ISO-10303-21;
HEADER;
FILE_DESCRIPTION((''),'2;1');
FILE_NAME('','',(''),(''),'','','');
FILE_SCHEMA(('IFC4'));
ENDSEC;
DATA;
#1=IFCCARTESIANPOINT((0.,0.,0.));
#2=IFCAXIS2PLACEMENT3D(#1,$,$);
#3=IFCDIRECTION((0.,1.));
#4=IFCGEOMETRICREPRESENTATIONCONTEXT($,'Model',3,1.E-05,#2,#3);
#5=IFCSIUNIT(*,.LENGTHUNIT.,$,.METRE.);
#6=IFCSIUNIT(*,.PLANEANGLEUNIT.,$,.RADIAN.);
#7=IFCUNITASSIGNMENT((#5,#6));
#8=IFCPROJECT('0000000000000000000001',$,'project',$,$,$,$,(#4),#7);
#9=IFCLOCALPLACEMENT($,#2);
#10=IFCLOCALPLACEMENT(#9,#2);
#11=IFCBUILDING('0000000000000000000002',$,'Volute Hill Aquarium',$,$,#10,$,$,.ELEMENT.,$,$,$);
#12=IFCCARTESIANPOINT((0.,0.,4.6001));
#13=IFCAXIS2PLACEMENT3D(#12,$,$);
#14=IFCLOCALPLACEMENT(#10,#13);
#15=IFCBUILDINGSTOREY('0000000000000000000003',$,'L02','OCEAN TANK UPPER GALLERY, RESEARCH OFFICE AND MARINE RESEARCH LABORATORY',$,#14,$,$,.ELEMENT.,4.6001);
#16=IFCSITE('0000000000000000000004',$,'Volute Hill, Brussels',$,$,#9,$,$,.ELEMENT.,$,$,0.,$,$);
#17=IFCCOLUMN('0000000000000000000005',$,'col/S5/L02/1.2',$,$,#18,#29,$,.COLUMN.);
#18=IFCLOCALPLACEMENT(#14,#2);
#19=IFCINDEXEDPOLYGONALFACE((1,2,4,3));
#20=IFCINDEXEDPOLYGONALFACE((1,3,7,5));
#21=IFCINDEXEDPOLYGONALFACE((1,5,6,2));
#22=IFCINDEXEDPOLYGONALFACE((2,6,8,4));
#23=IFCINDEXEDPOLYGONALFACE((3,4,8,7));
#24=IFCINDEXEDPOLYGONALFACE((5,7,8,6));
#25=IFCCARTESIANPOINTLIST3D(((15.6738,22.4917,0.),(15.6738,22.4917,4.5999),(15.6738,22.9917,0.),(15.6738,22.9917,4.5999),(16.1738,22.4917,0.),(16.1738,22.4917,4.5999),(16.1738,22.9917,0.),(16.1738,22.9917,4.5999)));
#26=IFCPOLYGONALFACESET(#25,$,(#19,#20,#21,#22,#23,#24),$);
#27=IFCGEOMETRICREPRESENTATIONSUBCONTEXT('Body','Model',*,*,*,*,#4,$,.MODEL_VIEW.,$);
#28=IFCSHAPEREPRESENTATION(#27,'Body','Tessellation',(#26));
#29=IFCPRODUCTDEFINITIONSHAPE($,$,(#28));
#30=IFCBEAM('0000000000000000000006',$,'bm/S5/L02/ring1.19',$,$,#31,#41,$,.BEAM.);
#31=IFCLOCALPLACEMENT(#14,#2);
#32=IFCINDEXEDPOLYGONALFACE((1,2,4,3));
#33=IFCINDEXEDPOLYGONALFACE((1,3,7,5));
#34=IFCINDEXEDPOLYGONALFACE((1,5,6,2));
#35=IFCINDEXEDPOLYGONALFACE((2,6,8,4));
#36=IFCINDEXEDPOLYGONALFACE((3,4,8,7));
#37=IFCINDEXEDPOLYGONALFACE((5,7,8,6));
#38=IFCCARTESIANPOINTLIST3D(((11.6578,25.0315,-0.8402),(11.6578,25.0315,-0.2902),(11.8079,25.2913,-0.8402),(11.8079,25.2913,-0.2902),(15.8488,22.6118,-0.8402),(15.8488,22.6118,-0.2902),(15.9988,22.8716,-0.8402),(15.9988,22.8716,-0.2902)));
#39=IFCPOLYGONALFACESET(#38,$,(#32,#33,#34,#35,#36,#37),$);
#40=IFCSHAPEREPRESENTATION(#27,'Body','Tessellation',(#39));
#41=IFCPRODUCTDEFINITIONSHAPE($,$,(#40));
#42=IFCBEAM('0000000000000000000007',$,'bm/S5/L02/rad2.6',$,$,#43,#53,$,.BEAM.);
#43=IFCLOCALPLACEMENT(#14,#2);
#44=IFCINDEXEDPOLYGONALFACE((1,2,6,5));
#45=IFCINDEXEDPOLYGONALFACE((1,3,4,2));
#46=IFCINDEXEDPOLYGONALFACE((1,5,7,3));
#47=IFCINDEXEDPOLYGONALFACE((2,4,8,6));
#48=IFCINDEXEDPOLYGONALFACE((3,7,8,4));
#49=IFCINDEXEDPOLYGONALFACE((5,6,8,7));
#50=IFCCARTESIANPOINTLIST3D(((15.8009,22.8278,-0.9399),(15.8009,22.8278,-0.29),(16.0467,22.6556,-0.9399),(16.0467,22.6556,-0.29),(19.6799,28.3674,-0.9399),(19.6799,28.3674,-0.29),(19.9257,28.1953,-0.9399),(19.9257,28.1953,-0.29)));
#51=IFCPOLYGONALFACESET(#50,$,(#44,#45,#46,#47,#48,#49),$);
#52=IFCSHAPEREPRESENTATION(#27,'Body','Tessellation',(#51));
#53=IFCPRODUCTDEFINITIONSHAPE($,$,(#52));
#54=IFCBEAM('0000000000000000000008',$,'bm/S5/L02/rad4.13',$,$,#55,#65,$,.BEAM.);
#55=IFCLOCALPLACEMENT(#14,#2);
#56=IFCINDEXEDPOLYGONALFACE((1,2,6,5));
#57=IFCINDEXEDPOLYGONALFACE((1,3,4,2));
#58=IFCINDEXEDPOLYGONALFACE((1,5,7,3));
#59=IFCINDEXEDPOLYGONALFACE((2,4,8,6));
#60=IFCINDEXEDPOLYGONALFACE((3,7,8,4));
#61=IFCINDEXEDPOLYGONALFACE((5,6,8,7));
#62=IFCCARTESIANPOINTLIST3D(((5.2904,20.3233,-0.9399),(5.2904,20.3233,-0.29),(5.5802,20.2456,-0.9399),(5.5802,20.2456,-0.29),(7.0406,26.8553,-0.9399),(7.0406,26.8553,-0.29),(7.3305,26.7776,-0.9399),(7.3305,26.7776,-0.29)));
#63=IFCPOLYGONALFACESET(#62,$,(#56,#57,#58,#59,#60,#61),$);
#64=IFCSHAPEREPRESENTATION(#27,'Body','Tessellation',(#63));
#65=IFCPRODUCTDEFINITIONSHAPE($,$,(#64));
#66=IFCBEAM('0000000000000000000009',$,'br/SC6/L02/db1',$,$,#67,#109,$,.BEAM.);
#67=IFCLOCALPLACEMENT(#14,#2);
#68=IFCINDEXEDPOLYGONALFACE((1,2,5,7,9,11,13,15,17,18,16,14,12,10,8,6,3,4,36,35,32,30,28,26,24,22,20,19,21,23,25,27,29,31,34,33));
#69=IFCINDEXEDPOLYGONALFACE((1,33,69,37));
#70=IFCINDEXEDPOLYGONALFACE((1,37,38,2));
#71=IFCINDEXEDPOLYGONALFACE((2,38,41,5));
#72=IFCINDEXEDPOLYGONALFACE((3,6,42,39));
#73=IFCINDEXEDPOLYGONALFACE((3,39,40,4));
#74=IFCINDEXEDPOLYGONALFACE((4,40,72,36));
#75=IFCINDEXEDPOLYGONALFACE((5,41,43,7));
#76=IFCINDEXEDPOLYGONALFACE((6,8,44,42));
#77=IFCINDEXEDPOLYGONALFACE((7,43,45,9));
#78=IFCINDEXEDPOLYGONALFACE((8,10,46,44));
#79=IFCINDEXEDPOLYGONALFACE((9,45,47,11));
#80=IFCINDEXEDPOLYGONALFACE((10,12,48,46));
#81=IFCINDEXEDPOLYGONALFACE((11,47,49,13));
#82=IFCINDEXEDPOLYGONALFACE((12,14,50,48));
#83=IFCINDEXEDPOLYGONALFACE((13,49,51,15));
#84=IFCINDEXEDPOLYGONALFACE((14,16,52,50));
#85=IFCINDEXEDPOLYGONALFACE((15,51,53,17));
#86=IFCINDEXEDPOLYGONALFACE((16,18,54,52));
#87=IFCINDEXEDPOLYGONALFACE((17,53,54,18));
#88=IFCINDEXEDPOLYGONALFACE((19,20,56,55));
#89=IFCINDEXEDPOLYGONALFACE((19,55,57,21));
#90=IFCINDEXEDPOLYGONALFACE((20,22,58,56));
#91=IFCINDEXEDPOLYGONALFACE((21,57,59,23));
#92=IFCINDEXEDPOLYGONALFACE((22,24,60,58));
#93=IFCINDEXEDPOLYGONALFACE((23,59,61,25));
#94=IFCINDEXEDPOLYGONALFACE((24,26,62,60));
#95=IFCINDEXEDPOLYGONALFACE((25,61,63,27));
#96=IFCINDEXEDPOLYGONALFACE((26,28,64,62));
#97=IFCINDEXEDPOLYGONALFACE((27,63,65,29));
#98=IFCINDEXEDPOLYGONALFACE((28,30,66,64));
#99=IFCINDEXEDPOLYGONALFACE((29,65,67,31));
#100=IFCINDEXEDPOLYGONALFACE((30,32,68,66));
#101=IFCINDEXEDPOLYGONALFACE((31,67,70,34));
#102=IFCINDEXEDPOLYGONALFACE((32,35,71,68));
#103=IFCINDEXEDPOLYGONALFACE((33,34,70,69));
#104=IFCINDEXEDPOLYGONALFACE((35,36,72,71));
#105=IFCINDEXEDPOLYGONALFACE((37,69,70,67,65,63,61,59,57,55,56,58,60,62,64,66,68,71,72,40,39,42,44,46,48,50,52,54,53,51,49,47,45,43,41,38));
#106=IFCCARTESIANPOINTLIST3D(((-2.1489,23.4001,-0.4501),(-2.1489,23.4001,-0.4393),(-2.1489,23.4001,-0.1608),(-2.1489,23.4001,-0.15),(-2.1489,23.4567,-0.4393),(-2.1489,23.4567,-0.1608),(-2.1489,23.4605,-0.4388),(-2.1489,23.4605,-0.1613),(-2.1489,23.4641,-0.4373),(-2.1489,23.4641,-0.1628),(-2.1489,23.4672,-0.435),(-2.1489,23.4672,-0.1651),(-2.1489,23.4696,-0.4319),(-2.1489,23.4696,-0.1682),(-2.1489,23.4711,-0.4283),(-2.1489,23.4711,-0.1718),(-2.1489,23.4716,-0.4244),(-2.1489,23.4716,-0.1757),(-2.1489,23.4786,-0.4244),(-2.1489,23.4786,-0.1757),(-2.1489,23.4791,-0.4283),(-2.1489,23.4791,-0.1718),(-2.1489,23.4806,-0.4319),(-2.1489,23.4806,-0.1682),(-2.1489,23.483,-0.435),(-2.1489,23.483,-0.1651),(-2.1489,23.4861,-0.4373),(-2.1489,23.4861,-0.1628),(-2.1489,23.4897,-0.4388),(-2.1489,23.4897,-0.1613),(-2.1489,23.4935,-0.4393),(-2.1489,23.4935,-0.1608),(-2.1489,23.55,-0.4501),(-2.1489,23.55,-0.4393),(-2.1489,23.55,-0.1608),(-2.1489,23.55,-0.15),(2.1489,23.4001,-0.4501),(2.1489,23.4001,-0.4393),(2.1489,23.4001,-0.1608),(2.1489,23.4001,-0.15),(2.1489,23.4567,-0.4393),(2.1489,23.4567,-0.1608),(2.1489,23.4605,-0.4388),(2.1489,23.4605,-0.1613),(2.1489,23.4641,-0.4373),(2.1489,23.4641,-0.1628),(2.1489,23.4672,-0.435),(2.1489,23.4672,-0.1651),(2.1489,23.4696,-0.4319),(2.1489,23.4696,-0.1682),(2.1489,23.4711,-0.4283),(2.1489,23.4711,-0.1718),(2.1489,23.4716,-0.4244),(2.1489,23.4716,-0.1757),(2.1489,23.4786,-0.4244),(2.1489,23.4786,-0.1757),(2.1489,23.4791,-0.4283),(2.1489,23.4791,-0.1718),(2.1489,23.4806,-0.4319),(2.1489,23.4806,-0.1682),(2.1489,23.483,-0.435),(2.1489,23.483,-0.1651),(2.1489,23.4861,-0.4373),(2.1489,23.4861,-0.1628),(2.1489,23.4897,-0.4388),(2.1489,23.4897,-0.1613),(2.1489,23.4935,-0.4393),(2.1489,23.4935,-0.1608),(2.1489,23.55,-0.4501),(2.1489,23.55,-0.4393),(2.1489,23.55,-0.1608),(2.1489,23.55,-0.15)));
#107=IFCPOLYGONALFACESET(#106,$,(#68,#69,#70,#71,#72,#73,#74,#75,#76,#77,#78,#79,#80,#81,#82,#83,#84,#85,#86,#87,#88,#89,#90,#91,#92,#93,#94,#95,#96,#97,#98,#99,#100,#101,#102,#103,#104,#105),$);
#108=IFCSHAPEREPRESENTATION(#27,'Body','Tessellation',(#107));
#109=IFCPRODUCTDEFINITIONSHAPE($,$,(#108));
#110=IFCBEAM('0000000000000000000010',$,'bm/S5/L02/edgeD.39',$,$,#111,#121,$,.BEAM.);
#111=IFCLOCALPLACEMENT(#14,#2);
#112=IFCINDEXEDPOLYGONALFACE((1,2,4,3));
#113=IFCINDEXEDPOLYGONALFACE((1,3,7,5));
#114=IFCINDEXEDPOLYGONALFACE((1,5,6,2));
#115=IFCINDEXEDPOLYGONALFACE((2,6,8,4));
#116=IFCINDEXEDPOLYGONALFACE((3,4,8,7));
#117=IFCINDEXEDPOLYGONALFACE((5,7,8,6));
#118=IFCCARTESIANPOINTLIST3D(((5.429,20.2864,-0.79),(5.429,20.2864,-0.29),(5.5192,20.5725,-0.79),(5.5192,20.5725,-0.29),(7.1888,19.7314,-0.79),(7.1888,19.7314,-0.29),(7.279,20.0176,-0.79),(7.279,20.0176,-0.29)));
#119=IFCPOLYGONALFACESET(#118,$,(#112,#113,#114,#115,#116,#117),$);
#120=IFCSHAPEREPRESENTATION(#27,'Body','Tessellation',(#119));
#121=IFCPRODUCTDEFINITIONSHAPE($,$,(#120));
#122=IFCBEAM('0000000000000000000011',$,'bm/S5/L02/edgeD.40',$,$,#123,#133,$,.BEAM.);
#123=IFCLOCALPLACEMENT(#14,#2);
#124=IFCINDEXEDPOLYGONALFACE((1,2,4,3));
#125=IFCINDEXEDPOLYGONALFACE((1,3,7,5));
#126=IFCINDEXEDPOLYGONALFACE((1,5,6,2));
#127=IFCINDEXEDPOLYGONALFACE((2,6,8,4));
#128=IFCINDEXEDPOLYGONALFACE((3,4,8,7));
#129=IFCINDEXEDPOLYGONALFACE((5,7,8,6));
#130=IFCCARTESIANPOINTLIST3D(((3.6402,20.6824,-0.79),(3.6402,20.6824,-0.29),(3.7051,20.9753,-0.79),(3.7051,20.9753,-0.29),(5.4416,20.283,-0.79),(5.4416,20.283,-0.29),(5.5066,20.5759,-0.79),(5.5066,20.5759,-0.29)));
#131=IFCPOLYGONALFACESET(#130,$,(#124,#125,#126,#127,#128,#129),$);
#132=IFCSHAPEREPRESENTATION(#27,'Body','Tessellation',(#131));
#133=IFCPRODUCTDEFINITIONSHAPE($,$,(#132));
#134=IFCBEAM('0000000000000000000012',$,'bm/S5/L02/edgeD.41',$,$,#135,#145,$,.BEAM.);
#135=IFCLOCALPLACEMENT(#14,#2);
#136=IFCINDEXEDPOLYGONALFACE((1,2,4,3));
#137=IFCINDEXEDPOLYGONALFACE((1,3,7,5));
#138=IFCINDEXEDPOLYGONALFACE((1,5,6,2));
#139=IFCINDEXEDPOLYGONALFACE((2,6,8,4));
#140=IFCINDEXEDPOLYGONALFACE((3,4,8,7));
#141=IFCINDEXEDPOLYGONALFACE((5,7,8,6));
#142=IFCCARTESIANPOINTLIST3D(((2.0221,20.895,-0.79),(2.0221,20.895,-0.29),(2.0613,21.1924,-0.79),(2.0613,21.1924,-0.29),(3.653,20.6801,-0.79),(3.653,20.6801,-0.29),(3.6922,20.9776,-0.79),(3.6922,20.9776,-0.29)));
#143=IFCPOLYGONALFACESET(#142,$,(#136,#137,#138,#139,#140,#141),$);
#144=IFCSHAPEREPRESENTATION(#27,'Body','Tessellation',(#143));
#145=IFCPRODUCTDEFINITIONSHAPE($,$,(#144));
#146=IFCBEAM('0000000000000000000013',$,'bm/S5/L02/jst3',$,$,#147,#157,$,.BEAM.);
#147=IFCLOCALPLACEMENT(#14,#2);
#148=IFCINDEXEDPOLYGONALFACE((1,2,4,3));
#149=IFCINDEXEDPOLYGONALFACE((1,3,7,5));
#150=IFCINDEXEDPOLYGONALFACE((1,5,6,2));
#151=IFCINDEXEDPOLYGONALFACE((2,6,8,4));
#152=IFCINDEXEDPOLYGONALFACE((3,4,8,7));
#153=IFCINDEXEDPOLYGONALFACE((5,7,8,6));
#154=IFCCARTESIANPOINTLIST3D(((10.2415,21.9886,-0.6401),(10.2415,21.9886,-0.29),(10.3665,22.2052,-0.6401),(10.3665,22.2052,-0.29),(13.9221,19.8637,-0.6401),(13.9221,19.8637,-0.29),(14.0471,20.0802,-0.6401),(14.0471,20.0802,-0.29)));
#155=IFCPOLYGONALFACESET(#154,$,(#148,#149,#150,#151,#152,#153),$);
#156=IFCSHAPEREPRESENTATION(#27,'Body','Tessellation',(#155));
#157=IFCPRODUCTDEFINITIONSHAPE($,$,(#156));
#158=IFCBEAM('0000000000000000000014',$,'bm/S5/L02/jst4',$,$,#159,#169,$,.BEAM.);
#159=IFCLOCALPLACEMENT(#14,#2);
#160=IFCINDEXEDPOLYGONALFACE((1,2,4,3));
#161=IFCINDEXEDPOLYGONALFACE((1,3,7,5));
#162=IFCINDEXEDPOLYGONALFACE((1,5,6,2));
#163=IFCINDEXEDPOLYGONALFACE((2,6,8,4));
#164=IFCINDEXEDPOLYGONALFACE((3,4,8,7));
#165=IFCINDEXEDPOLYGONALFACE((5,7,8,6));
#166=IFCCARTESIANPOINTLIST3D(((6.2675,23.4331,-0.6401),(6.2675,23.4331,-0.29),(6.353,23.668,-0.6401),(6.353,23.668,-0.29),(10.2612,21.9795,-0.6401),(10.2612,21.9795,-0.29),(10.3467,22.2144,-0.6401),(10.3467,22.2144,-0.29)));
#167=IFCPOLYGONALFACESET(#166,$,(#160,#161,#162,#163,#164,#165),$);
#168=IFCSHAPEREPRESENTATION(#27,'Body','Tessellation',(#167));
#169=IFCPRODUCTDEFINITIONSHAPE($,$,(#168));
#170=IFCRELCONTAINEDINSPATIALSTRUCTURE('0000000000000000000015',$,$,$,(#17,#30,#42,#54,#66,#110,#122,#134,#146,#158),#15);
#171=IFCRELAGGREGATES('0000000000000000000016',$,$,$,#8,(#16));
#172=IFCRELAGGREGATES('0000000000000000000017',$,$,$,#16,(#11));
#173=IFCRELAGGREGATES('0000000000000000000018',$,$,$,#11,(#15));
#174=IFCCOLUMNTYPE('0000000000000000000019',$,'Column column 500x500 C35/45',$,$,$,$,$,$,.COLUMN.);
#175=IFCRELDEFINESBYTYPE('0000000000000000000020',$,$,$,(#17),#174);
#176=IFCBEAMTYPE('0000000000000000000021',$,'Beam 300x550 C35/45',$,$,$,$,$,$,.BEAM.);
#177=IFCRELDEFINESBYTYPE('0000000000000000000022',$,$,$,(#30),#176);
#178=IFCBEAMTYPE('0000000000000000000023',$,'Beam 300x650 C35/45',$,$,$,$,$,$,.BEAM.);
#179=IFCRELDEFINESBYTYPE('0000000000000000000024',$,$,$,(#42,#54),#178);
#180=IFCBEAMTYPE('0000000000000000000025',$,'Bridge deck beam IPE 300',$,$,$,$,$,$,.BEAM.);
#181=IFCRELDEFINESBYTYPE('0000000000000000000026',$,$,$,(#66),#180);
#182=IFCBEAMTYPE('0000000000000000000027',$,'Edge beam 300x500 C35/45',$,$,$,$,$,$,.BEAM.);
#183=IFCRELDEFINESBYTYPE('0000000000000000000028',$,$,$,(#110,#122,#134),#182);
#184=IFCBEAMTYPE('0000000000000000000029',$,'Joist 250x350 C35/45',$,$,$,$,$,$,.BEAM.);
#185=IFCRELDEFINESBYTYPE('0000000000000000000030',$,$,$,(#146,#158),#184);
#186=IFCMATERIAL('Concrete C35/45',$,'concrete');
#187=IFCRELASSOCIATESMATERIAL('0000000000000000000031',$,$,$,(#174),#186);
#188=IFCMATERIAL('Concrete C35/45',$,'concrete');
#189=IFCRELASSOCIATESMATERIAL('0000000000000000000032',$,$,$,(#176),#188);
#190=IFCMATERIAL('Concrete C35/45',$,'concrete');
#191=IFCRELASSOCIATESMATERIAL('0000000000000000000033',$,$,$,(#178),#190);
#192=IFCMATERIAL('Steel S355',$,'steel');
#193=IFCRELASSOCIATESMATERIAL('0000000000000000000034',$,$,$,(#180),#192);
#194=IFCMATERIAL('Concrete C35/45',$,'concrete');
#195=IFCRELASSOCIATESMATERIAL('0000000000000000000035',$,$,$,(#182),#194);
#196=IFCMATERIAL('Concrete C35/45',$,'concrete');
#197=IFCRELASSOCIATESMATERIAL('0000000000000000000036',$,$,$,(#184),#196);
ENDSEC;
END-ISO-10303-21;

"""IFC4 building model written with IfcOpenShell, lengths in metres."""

from ifc_helpers import new_model, si_unit, direction, frame, origin, origin_2d, place, context, subcontext, project, spatial, rectangle, i_section, extrude, material, material_profile, profile_set, type_object, element, save


model = new_model("IFC4")

# Units and contexts
model_context = context("Model", 3, precision=1e-05, world=origin(), true_north=direction((0.0, 1.0)))
body_context = subcontext(model_context, "Body", "Model", "MODEL_VIEW")
ifc_project = project(units=[si_unit("LENGTHUNIT", "METRE"), si_unit("PLANEANGLEUNIT", "RADIAN")], contexts=[model_context])

# Site, building, storey
site_placement = place(None, origin())
site = spatial("IfcSite", under=ifc_project, at=site_placement, Name="Volute Hill, Brussels", CompositionType="ELEMENT", RefElevation=0.0)
building_placement = place(site_placement, origin())
building = spatial("IfcBuilding", under=site, at=building_placement, Name="Volute Hill Aquarium", CompositionType="ELEMENT")
storey_placement = place(building_placement, frame((0.0, 0.0, 4.6001)))
storey = spatial("IfcBuildingStorey", under=building, at=storey_placement, Name="L02", Description="OCEAN TANK UPPER GALLERY, RESEARCH OFFICE AND MARINE RESEARCH LABORATORY", CompositionType="ELEMENT", Elevation=4.6001)

# Column
ifc_material_1 = material(Name="Concrete C35/45", Category="concrete")
ifc_material_profile_1 = material_profile(ifc_material_1, rectangle(XDim=0.5, YDim=0.5, at=origin_2d()), Name="RC column 500x500")
ifc_profile_set_1 = profile_set([ifc_material_profile_1], Name="Concrete C35/45")
column_type = type_object("IfcColumnType", Name="Column column 500x500 C35/45", PredefinedType="COLUMN", material=ifc_profile_set_1)
column_placement = place(storey_placement, frame((15.9238, 22.7417, 0.0), z_axis=(0.0, 0.0, 1.0), x_axis=(1.0, 0.0, 0.0)))
element("IfcColumn", 1, at=column_placement, inside=storey, type_object=column_type, Name="col/S5/L02/1.2", PredefinedType="COLUMN", context=body_context, shape_type="SweptSolid", body=[
    extrude(rectangle(XDim=0.5, YDim=0.5, at=origin_2d()), origin(), (0.0, 0.0, 1.0), 4.5999),
])

# Beams
ifc_material_2 = material(Name="Concrete C35/45", Category="concrete")
ifc_material_profile_2 = material_profile(ifc_material_2, rectangle(XDim=0.3, YDim=0.55, at=origin_2d()), Name="RC beam 300x550")
ifc_profile_set_2 = profile_set([ifc_material_profile_2], Name="Concrete C35/45")
beam_type_1 = type_object("IfcBeamType", Name="Beam 300x550 C35/45", PredefinedType="BEAM", material=ifc_profile_set_2)
beam_1_placement = place(storey_placement, frame((15.9238, 22.7417, -0.5652), z_axis=(-0.866021, 0.500008, 0.0), x_axis=(-0.500008, -0.866021, 0.0)))
element("IfcBeam", 2, at=beam_1_placement, inside=storey, type_object=beam_type_1, Name="bm/S5/L02/ring1.19", PredefinedType="BEAM", context=body_context, shape_type="SweptSolid", body=[
    extrude(rectangle(XDim=0.3, YDim=0.55, at=origin_2d()), origin(), (0.0, 0.0, 1.0), 4.8394),
])
ifc_material_3 = material(Name="Concrete C35/45", Category="concrete")
ifc_material_profile_3 = material_profile(ifc_material_3, rectangle(XDim=0.3, YDim=0.6499, at=origin_2d()), Name="RC beam 300x650")
ifc_profile_set_3 = profile_set([ifc_material_profile_3], Name="Concrete C35/45")
beam_type_2 = type_object("IfcBeamType", Name="Beam 300x650 C35/45", PredefinedType="BEAM", material=ifc_profile_set_3)
beam_2_placement = place(storey_placement, frame((15.9238, 22.7417, -0.615), z_axis=(0.573583, 0.819147, 0.0), x_axis=(-0.819147, 0.573583, 0.0)))
element("IfcBeam", 3, at=beam_2_placement, inside=storey, type_object=beam_type_2, Name="bm/S5/L02/rad2.6", PredefinedType="BEAM", context=body_context, shape_type="SweptSolid", body=[
    extrude(rectangle(XDim=0.3, YDim=0.6499, at=origin_2d()), origin(), (0.0, 0.0, 1.0), 6.7627),
])
beam_3_placement = place(storey_placement, frame((5.4353, 20.2844, -0.615), z_axis=(0.25882, 0.965926, 0.0), x_axis=(-0.965926, 0.25882, 0.0)))
element("IfcBeam", 4, at=beam_3_placement, inside=storey, type_object=beam_type_2, Name="bm/S5/L02/rad4.13", PredefinedType="BEAM", context=body_context, shape_type="SweptSolid", body=[
    extrude(rectangle(XDim=0.3, YDim=0.6499, at=origin_2d()), origin(), (0.0, 0.0, 1.0), 6.7625),
])
ifc_material_4 = material(Name="Steel S355", Category="steel")
ifc_material_profile_4 = material_profile(ifc_material_4, i_section(OverallWidth=0.1499, OverallDepth=0.3, WebThickness=0.0071, FlangeThickness=0.0107, FilletRadius=0.0149, at=origin_2d()), Name="IPE 300")
ifc_profile_set_4 = profile_set([ifc_material_profile_4], Name="Steel S355")
beam_type_3 = type_object("IfcBeamType", Name="Bridge deck beam IPE 300", PredefinedType="BEAM", material=ifc_profile_set_4)
beam_4_placement = place(storey_placement, frame((2.1489, 23.4751, -0.3), z_axis=(-1.0, 0.0, 0.0), x_axis=(0.0, -1.0, 0.0)))
element("IfcBeam", 5, at=beam_4_placement, inside=storey, type_object=beam_type_3, Name="br/SC6/L02/db1", PredefinedType="BEAM", context=body_context, shape_type="SweptSolid", body=[
    extrude(i_section(OverallWidth=0.1499, OverallDepth=0.3, WebThickness=0.0071, FlangeThickness=0.0107, FilletRadius=0.0149, at=origin_2d()), origin(), (0.0, 0.0, 1.0), 4.2979),
])
ifc_material_5 = material(Name="Concrete C35/45", Category="concrete")
ifc_material_profile_5 = material_profile(ifc_material_5, rectangle(XDim=0.3, YDim=0.5, at=origin_2d()), Name="RC edge beam 300x500")
ifc_profile_set_5 = profile_set([ifc_material_profile_5], Name="Concrete C35/45")
beam_type_4 = type_object("IfcBeamType", Name="Edge beam 300x500 C35/45", PredefinedType="BEAM", material=ifc_profile_set_5)
for number, where, z_axis, x_axis, name in (
    (6, (7.2339, 19.8745, -0.54), (-0.953705, 0.300745, 0.0), (-0.300745, -0.953705, 0.0), "bm/S5/L02/edgeD.39"),
    (7, (5.4741, 20.4294, -0.54), (-0.976293, 0.216454, 0.0), (-0.216454, -0.976293, 0.0), "bm/S5/L02/edgeD.40"),
):
    element("IfcBeam", number, at=place(storey_placement, frame(where, z_axis=z_axis, x_axis=x_axis)), inside=storey, type_object=beam_type_4, Name=name, PredefinedType="BEAM", context=body_context, shape_type="SweptSolid", body=[
        extrude(rectangle(XDim=0.3, YDim=0.5, at=origin_2d()), origin(), (0.0, 0.0, 1.0), 1.8452),
    ])
beam_5_placement = place(storey_placement, frame((3.6726, 20.8289, -0.54), z_axis=(-0.991434, 0.130608, 0.0), x_axis=(-0.130608, -0.991434, 0.0)))
element("IfcBeam", 8, at=beam_5_placement, inside=storey, type_object=beam_type_4, Name="bm/S5/L02/edgeD.41", PredefinedType="BEAM", context=body_context, shape_type="SweptSolid", body=[
    extrude(rectangle(XDim=0.3, YDim=0.5, at=origin_2d()), origin(), (0.0, 0.0, 1.0), 1.645),
])
ifc_material_6 = material(Name="Concrete C35/45", Category="concrete")
ifc_material_profile_6 = material_profile(ifc_material_6, rectangle(XDim=0.25, YDim=0.3501, at=origin_2d()), Name="RC joist 250x350")
ifc_profile_set_6 = profile_set([ifc_material_profile_6], Name="Concrete C35/45")
beam_type_5 = type_object("IfcBeamType", Name="Joist 250x350 C35/45", PredefinedType="BEAM", material=ifc_profile_set_6)
for number, where, z_axis, x_axis, name in (
    (9, (13.9846, 19.9719, -0.4651), (-0.866029, 0.499994, 0.0), (-0.499994, -0.866029, 0.0), "bm/S5/L02/jst3"),
    (10, (10.304, 22.0969, -0.4651), (-0.939689, 0.342029, 0.0), (-0.342029, -0.939689, 0.0), "bm/S5/L02/jst4"),
):
    element("IfcBeam", number, at=place(storey_placement, frame(where, z_axis=z_axis, x_axis=x_axis)), inside=storey, type_object=beam_type_5, Name=name, PredefinedType="BEAM", context=body_context, shape_type="SweptSolid", body=[
        extrude(rectangle(XDim=0.25, YDim=0.3501, at=origin_2d()), origin(), (0.0, 0.0, 1.0), 4.25),
    ])

save(model, "model.ifc")
